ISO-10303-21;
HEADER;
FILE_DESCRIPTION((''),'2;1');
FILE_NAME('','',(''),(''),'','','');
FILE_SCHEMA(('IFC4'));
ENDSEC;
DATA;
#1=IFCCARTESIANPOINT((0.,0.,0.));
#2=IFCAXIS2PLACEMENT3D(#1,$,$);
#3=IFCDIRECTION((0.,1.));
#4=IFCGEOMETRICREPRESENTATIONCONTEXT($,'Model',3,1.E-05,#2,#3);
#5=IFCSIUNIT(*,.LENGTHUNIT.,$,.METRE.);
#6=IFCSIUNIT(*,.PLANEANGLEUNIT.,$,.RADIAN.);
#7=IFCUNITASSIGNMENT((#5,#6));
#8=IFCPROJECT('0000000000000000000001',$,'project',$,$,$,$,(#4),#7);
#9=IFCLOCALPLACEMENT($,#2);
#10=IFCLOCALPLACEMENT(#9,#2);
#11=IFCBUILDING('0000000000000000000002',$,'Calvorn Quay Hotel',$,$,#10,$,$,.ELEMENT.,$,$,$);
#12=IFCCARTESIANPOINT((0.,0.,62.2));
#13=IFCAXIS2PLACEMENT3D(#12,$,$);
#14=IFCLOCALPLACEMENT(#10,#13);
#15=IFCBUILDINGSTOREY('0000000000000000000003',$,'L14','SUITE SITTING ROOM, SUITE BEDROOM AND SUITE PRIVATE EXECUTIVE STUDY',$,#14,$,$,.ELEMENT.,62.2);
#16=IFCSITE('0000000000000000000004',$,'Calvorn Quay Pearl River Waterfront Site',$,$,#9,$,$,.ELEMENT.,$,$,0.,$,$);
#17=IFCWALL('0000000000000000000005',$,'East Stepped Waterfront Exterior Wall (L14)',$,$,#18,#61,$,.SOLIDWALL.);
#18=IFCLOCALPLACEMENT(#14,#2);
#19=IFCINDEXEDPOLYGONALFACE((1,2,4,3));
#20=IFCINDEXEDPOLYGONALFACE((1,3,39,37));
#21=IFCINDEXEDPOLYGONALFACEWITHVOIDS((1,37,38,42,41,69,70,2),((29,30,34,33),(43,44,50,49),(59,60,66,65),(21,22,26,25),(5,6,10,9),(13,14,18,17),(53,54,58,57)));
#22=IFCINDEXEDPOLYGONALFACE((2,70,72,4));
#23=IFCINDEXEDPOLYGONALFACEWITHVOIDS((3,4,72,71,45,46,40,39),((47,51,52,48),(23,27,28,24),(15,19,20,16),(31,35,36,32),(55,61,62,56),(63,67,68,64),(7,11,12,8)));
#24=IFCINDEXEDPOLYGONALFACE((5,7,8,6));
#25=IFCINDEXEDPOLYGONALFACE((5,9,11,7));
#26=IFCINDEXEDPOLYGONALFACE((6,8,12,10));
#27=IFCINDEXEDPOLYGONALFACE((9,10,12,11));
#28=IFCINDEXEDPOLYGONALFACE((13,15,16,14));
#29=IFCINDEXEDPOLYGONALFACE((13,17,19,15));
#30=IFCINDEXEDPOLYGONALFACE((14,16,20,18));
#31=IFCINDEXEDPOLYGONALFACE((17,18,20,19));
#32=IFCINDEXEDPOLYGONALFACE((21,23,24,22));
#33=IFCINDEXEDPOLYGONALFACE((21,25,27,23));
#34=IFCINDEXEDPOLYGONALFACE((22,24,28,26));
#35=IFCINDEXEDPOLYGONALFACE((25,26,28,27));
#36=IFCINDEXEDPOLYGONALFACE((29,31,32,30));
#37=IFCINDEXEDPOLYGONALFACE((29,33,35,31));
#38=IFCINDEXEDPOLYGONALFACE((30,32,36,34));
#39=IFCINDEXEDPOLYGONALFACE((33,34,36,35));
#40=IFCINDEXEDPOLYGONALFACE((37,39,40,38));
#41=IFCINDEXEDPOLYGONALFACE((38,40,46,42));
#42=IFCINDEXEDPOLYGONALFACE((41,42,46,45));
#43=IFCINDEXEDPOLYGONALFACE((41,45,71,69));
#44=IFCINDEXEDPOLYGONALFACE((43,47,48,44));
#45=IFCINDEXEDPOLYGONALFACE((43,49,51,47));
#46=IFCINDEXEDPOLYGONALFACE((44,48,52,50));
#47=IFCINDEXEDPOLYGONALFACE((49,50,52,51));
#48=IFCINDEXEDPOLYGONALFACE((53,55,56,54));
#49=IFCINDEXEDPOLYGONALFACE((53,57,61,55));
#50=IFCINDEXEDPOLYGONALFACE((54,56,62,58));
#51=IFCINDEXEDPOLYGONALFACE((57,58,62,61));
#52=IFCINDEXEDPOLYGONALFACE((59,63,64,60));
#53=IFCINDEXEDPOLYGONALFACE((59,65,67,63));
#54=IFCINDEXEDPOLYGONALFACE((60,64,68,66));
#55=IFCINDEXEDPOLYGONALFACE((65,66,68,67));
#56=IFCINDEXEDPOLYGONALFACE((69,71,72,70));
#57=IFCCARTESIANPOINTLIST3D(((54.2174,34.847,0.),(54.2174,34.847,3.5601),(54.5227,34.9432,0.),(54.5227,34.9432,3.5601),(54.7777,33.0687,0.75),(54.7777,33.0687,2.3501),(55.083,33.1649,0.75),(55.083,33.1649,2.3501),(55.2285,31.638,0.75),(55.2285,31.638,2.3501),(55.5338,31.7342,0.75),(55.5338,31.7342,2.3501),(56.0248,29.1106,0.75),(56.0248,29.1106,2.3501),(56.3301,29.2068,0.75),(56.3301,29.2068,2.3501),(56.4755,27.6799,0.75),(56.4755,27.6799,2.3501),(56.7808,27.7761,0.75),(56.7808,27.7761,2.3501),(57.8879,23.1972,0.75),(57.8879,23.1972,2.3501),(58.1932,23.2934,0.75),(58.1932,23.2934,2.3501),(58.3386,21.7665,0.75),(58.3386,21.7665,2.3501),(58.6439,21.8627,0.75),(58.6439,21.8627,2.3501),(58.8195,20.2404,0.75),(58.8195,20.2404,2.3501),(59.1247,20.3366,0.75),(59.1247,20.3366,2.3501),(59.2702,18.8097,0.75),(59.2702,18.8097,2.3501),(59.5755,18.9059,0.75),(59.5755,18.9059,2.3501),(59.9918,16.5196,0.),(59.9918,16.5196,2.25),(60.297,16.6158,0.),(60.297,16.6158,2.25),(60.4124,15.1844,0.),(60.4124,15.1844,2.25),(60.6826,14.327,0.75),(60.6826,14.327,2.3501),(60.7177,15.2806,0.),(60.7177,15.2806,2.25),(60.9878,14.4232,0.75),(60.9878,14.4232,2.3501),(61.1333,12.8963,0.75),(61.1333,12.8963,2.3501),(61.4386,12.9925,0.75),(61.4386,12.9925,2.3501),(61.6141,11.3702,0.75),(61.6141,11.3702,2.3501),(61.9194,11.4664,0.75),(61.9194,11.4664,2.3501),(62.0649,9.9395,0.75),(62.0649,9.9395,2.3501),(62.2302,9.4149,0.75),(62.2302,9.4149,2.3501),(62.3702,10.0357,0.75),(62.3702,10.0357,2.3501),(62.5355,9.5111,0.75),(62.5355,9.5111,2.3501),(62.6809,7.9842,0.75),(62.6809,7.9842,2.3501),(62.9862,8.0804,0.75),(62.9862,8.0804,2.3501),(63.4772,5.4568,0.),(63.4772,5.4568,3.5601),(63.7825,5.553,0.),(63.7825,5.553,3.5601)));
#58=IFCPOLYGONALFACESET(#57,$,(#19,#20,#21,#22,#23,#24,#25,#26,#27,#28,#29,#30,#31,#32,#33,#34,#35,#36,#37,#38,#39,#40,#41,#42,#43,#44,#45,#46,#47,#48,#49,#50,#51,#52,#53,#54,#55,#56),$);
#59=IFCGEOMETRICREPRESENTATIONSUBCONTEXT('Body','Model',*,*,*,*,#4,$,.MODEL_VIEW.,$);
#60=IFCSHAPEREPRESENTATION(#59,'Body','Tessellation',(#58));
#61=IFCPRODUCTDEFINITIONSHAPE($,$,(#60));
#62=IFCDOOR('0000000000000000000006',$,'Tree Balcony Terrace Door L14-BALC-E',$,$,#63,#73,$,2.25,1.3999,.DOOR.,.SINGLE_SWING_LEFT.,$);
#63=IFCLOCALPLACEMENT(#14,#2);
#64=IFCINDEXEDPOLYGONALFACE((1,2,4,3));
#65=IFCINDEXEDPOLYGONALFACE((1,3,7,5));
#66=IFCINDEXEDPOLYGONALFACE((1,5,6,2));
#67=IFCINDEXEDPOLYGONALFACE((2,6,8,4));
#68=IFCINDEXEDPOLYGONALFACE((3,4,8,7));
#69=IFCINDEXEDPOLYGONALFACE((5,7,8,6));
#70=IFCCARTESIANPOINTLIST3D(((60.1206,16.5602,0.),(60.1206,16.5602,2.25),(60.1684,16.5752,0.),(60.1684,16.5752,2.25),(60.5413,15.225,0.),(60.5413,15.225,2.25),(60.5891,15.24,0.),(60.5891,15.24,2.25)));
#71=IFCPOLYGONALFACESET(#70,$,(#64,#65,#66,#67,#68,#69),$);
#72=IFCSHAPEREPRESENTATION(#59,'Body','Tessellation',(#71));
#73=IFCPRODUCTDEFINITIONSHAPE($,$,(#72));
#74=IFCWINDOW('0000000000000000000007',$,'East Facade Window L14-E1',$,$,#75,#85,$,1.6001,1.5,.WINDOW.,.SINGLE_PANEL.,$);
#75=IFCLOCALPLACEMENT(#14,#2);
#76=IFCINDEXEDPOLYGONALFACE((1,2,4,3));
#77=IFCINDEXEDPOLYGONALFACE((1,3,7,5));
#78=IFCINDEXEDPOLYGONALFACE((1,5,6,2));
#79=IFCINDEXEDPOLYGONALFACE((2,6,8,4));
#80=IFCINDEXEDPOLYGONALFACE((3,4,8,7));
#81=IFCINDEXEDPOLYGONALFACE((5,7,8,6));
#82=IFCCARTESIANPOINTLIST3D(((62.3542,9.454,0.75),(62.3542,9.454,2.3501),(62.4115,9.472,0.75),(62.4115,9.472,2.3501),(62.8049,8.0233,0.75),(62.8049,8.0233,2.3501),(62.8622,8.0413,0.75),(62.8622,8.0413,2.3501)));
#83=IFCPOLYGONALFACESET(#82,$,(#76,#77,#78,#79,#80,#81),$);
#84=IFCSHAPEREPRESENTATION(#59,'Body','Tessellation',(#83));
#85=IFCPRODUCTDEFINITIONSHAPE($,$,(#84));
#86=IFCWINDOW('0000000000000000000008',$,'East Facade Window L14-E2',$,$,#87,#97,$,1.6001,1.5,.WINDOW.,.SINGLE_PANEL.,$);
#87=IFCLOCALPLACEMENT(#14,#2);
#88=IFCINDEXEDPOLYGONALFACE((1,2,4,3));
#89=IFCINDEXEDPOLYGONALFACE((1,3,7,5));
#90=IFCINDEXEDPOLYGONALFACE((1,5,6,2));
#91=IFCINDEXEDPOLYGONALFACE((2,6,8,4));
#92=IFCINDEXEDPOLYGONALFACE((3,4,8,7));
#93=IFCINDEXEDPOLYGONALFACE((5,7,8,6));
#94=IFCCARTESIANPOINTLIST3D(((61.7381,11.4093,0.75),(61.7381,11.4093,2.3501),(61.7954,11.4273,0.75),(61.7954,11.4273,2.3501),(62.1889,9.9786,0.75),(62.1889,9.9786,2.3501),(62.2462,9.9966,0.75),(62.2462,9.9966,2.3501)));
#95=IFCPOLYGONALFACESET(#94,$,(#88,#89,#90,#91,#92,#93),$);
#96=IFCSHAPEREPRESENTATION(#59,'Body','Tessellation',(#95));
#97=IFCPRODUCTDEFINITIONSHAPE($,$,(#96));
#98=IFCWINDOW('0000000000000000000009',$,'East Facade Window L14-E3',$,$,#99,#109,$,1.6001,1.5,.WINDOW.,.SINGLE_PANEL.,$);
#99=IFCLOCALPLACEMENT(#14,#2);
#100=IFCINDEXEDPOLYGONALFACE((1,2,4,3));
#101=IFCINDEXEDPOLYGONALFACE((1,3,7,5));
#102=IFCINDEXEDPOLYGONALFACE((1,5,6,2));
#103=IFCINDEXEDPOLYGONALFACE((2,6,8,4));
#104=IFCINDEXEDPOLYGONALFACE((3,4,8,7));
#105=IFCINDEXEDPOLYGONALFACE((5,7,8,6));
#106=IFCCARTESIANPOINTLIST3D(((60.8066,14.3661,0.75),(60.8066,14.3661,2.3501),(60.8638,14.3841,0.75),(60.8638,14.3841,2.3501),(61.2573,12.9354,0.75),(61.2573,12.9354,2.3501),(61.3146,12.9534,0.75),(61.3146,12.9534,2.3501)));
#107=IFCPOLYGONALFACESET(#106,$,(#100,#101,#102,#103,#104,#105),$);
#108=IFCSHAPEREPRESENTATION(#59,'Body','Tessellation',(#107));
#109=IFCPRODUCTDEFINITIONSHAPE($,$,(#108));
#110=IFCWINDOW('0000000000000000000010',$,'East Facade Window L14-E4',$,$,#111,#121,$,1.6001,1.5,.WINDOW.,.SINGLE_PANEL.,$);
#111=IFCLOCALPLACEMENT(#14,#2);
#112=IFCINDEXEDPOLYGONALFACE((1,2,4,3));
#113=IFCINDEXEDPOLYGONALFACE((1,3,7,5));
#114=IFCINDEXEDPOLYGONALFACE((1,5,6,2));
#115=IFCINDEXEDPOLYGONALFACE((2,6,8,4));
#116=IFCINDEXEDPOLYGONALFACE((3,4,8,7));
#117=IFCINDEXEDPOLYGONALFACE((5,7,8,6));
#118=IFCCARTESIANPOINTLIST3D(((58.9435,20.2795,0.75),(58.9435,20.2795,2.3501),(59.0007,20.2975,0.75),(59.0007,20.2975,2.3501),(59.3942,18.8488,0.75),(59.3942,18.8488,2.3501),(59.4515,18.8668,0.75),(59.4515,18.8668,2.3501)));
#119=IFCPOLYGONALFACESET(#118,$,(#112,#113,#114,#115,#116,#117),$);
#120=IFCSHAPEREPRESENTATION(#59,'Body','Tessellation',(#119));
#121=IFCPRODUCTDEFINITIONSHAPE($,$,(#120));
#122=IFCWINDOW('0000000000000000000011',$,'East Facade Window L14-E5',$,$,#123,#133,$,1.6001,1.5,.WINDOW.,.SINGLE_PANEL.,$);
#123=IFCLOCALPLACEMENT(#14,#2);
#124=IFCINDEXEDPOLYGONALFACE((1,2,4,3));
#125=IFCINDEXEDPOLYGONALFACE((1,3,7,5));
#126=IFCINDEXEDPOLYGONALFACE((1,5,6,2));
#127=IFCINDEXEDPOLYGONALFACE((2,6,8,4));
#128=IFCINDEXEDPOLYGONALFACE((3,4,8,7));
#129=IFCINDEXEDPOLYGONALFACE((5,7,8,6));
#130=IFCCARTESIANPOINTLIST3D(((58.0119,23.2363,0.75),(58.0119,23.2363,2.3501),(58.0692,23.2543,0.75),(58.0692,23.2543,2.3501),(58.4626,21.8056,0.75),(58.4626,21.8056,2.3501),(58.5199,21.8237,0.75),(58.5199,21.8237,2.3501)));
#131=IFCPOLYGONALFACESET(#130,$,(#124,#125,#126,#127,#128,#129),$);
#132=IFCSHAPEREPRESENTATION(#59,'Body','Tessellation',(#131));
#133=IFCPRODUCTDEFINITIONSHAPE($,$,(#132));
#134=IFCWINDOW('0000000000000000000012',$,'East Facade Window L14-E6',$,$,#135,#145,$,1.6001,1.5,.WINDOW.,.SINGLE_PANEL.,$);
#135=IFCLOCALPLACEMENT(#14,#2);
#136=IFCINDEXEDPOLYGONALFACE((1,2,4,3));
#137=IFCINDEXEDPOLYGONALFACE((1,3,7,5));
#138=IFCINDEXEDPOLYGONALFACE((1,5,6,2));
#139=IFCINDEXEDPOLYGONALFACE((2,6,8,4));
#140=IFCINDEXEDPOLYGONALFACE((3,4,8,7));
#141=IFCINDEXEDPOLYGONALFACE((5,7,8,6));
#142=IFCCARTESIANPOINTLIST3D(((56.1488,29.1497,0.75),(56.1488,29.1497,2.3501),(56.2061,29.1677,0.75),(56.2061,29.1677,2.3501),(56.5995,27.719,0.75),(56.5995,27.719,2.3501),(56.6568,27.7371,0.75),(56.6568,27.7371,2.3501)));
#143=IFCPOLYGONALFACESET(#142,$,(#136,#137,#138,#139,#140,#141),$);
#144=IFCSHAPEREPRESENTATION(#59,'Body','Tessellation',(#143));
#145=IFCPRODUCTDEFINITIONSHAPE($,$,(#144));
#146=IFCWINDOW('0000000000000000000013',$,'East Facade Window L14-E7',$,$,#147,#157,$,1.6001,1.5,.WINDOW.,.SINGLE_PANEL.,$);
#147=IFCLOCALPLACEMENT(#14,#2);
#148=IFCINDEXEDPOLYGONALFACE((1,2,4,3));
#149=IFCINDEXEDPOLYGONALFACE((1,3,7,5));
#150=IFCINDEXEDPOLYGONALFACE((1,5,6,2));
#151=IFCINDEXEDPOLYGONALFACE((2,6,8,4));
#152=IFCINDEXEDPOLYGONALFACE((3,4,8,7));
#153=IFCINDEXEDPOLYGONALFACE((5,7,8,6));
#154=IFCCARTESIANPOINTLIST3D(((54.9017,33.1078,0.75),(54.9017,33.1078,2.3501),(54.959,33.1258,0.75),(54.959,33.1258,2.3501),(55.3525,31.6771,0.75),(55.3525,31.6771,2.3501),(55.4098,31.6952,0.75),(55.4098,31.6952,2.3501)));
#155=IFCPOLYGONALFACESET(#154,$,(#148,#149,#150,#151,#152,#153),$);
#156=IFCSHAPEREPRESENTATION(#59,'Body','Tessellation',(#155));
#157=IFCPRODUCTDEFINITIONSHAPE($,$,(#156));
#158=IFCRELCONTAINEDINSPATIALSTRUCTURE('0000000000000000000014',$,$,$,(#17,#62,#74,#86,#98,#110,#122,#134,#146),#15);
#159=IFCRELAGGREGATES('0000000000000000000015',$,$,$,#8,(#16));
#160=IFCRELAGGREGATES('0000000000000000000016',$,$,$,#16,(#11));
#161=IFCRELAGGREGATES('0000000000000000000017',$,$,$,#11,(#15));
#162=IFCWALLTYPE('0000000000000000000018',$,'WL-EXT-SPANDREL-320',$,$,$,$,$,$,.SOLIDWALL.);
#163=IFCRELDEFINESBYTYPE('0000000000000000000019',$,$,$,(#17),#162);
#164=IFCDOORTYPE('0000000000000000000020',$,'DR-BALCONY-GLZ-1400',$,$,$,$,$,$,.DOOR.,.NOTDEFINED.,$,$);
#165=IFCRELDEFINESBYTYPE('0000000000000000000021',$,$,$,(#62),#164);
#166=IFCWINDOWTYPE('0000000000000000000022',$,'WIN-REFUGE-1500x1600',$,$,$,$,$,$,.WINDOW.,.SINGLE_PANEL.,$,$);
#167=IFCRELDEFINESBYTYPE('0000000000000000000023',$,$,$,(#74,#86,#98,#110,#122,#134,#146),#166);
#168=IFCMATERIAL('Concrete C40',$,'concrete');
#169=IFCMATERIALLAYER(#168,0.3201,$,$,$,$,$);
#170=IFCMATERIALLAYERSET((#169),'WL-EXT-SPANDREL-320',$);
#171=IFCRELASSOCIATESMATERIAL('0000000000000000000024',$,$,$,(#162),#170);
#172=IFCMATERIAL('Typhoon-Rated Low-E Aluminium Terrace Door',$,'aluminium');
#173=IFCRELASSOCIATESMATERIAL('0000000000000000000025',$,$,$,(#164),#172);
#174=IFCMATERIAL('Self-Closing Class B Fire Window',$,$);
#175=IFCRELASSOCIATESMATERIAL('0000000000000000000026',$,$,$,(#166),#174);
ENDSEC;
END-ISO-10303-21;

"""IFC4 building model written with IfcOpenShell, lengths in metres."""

from ifc_helpers import new_model, si_unit, direction, frame, frame_2d, origin, place, context, subcontext, project, spatial, rectangle, extrude, material, layer, layer_set, type_object, element, fill, save


model = new_model("IFC4")

# Units and contexts
model_context = context("Model", 3, precision=1e-05, world=origin(), true_north=direction((0.0, 1.0)))
body_context = subcontext(model_context, "Body", "Model", "MODEL_VIEW")
ifc_project = project(units=[si_unit("LENGTHUNIT", "METRE"), si_unit("PLANEANGLEUNIT", "RADIAN")], contexts=[model_context])

# Site, building, storey
site_placement = place(None, origin())
site = spatial("IfcSite", under=ifc_project, at=site_placement, Name="Calvorn Quay Pearl River Waterfront Site", CompositionType="ELEMENT", RefElevation=0.0)
building_placement = place(site_placement, origin())
building = spatial("IfcBuilding", under=site, at=building_placement, Name="Calvorn Quay Hotel", CompositionType="ELEMENT")
storey_placement = place(building_placement, frame((0.0, 0.0, 62.2)))
storey = spatial("IfcBuildingStorey", under=building, at=storey_placement, Name="L14", Description="SUITE SITTING ROOM, SUITE BEDROOM AND SUITE PRIVATE EXECUTIVE STUDY", CompositionType="ELEMENT", Elevation=62.2)

# Shared definitions
ifc_material_1 = material(Name="Concrete C40", Category="concrete")
ifc_layer_1 = layer(ifc_material_1, 0.3201)
ifc_layer_set_1 = layer_set([ifc_layer_1], Name="WL-EXT-SPANDREL-320")
wall_type = type_object("IfcWallType", Name="WL-EXT-SPANDREL-320", PredefinedType="SOLIDWALL", material=ifc_layer_set_1)

# Wall, openings, door, windows
wall_1_placement = place(storey_placement, frame((63.6299, 5.5049, 0.0), z_axis=(0.0, 0.0, 1.0), x_axis=(-0.300502, 0.953781, 0.0)))
wall_1 = element("IfcWall", 1, at=wall_1_placement, inside=storey, type_object=wall_type, Name="East Stepped Waterfront Exterior Wall (L14)", PredefinedType="SOLIDWALL", context=body_context, shape_type="SweptSolid", body=[
    extrude(rectangle(XDim=30.8145, YDim=0.3201, at=frame_2d((15.4072, 0.0))), origin(), (0.0, 0.0, 1.0), 3.5601),
])
opening_1_placement = place(wall_1_placement, frame((10.199, 0.0, 0.0)))
opening_1 = element("IfcOpeningElement", 2, at=opening_1_placement, cuts=wall_1, PredefinedType="OPENING", context=body_context, shape_type="SweptSolid", body=[
    extrude(rectangle(XDim=1.3999, YDim=2.25, at=frame_2d((0.7, 1.125))), frame((0.0, 0.1699, 0.0), z_axis=(0.0, -1.0, 0.0), x_axis=(1.0, 0.0, 0.0)), (0.0, 0.0, 1.0), 0.3401),
])
opening_2_placement = place(wall_1_placement, frame((2.6499, 0.0, 0.75)))
opening_2 = element("IfcOpeningElement", 3, at=opening_2_placement, cuts=wall_1, PredefinedType="OPENING", context=body_context, shape_type="SweptSolid", body=[
    extrude(rectangle(XDim=1.5, YDim=1.6001, at=frame_2d((0.75, 0.8))), frame((0.0, 0.1699, 0.0), z_axis=(0.0, -1.0, 0.0), x_axis=(1.0, 0.0, 0.0)), (0.0, 0.0, 1.0), 0.3401),
])
opening_3_placement = place(wall_1_placement, frame((4.7, 0.0, 0.75)))
opening_3 = element("IfcOpeningElement", 4, at=opening_3_placement, cuts=wall_1, PredefinedType="OPENING", context=body_context, shape_type="SweptSolid", body=[
    extrude(rectangle(XDim=1.5, YDim=1.6001, at=frame_2d((0.75, 0.8))), frame((0.0, 0.1699, 0.0), z_axis=(0.0, -1.0, 0.0), x_axis=(1.0, 0.0, 0.0)), (0.0, 0.0, 1.0), 0.3401),
])
opening_4_placement = place(wall_1_placement, frame((7.8, 0.0, 0.75)))
opening_4 = element("IfcOpeningElement", 5, at=opening_4_placement, cuts=wall_1, PredefinedType="OPENING", context=body_context, shape_type="SweptSolid", body=[
    extrude(rectangle(XDim=1.5, YDim=1.6001, at=frame_2d((0.75, 0.8))), frame((0.0, 0.1699, 0.0), z_axis=(0.0, -1.0, 0.0), x_axis=(1.0, 0.0, 0.0)), (0.0, 0.0, 1.0), 0.3401),
])
opening_5_placement = place(wall_1_placement, frame((14.0, 0.0, 0.75)))
opening_5 = element("IfcOpeningElement", 6, at=opening_5_placement, cuts=wall_1, PredefinedType="OPENING", context=body_context, shape_type="SweptSolid", body=[
    extrude(rectangle(XDim=1.5, YDim=1.6001, at=frame_2d((0.75, 0.8))), frame((0.0, 0.1699, 0.0), z_axis=(0.0, -1.0, 0.0), x_axis=(1.0, 0.0, 0.0)), (0.0, 0.0, 1.0), 0.3401),
])
opening_6_placement = place(wall_1_placement, frame((17.1001, 0.0, 0.75)))
opening_6 = element("IfcOpeningElement", 7, at=opening_6_placement, cuts=wall_1, PredefinedType="OPENING", context=body_context, shape_type="SweptSolid", body=[
    extrude(rectangle(XDim=1.5, YDim=1.6001, at=frame_2d((0.75, 0.8))), frame((0.0, 0.1699, 0.0), z_axis=(0.0, -1.0, 0.0), x_axis=(1.0, 0.0, 0.0)), (0.0, 0.0, 1.0), 0.3401),
])
opening_7_placement = place(wall_1_placement, frame((23.3, 0.0, 0.75)))
opening_7 = element("IfcOpeningElement", 8, at=opening_7_placement, cuts=wall_1, PredefinedType="OPENING", context=body_context, shape_type="SweptSolid", body=[
    extrude(rectangle(XDim=1.5, YDim=1.6001, at=frame_2d((0.75, 0.8))), frame((0.0, 0.1699, 0.0), z_axis=(0.0, -1.0, 0.0), x_axis=(1.0, 0.0, 0.0)), (0.0, 0.0, 1.0), 0.3401),
])
opening_8_placement = place(wall_1_placement, frame((27.45, 0.0, 0.75)))
opening_8 = element("IfcOpeningElement", 9, at=opening_8_placement, cuts=wall_1, PredefinedType="OPENING", context=body_context, shape_type="SweptSolid", body=[
    extrude(rectangle(XDim=1.5, YDim=1.6001, at=frame_2d((0.75, 0.8))), frame((0.0, 0.1699, 0.0), z_axis=(0.0, -1.0, 0.0), x_axis=(1.0, 0.0, 0.0)), (0.0, 0.0, 1.0), 0.3401),
])
ifc_material_2 = material(Name="Typhoon-Rated Low-E Aluminium Terrace Door", Category="aluminium")
door_type = type_object("IfcDoorType", Name="DR-BALCONY-GLZ-1400", OperationType="NOTDEFINED", PredefinedType="DOOR", material=ifc_material_2)
door_placement = place(opening_1_placement, origin())
door = element("IfcDoor", 10, at=door_placement, inside=storey, type_object=door_type, Name="Tree Balcony Terrace Door L14-BALC-E", OperationType="SINGLE_SWING_LEFT", OverallHeight=2.25, OverallWidth=1.3999, PredefinedType="DOOR", context=body_context, shape_type="SweptSolid", body=[
    extrude(rectangle(XDim=1.3999, YDim=2.25, at=frame_2d((0.7, 1.125))), frame((0.0, 0.0249, 0.0), z_axis=(0.0, -1.0, 0.0), x_axis=(1.0, 0.0, 0.0)), (0.0, 0.0, 1.0), 0.05),
])
fill(opening_1, door)
ifc_material_3 = material(Name="Self-Closing Class B Fire Window")
window_type = type_object("IfcWindowType", Name="WIN-REFUGE-1500x1600", PartitioningType="SINGLE_PANEL", PredefinedType="WINDOW", material=ifc_material_3)
window_1_placement = place(opening_2_placement, origin())
window_1 = element("IfcWindow", 11, at=window_1_placement, inside=storey, type_object=window_type, Name="East Facade Window L14-E1", OverallHeight=1.6001, OverallWidth=1.5, PartitioningType="SINGLE_PANEL", PredefinedType="WINDOW", context=body_context, shape_type="SweptSolid", body=[
    extrude(rectangle(XDim=1.5, YDim=1.6001, at=frame_2d((0.75, 0.8))), frame((0.0, 0.03, 0.0), z_axis=(0.0, -1.0, 0.0), x_axis=(1.0, 0.0, 0.0)), (0.0, 0.0, 1.0), 0.0601),
])
fill(opening_2, window_1)
window_2_placement = place(opening_3_placement, origin())
window_2 = element("IfcWindow", 12, at=window_2_placement, inside=storey, type_object=window_type, Name="East Facade Window L14-E2", OverallHeight=1.6001, OverallWidth=1.5, PartitioningType="SINGLE_PANEL", PredefinedType="WINDOW", context=body_context, shape_type="SweptSolid", body=[
    extrude(rectangle(XDim=1.5, YDim=1.6001, at=frame_2d((0.75, 0.8))), frame((0.0, 0.03, 0.0), z_axis=(0.0, -1.0, 0.0), x_axis=(1.0, 0.0, 0.0)), (0.0, 0.0, 1.0), 0.0601),
])
fill(opening_3, window_2)
window_3_placement = place(opening_4_placement, origin())
window_3 = element("IfcWindow", 13, at=window_3_placement, inside=storey, type_object=window_type, Name="East Facade Window L14-E3", OverallHeight=1.6001, OverallWidth=1.5, PartitioningType="SINGLE_PANEL", PredefinedType="WINDOW", context=body_context, shape_type="SweptSolid", body=[
    extrude(rectangle(XDim=1.5, YDim=1.6001, at=frame_2d((0.75, 0.8))), frame((0.0, 0.03, 0.0), z_axis=(0.0, -1.0, 0.0), x_axis=(1.0, 0.0, 0.0)), (0.0, 0.0, 1.0), 0.0601),
])
fill(opening_4, window_3)
window_4_placement = place(opening_5_placement, origin())
window_4 = element("IfcWindow", 14, at=window_4_placement, inside=storey, type_object=window_type, Name="East Facade Window L14-E4", OverallHeight=1.6001, OverallWidth=1.5, PartitioningType="SINGLE_PANEL", PredefinedType="WINDOW", context=body_context, shape_type="SweptSolid", body=[
    extrude(rectangle(XDim=1.5, YDim=1.6001, at=frame_2d((0.75, 0.8))), frame((0.0, 0.03, 0.0), z_axis=(0.0, -1.0, 0.0), x_axis=(1.0, 0.0, 0.0)), (0.0, 0.0, 1.0), 0.0601),
])
fill(opening_5, window_4)
window_5_placement = place(opening_6_placement, origin())
window_5 = element("IfcWindow", 15, at=window_5_placement, inside=storey, type_object=window_type, Name="East Facade Window L14-E5", OverallHeight=1.6001, OverallWidth=1.5, PartitioningType="SINGLE_PANEL", PredefinedType="WINDOW", context=body_context, shape_type="SweptSolid", body=[
    extrude(rectangle(XDim=1.5, YDim=1.6001, at=frame_2d((0.75, 0.8))), frame((0.0, 0.03, 0.0), z_axis=(0.0, -1.0, 0.0), x_axis=(1.0, 0.0, 0.0)), (0.0, 0.0, 1.0), 0.0601),
])
fill(opening_6, window_5)
window_6_placement = place(opening_7_placement, origin())
window_6 = element("IfcWindow", 16, at=window_6_placement, inside=storey, type_object=window_type, Name="East Facade Window L14-E6", OverallHeight=1.6001, OverallWidth=1.5, PartitioningType="SINGLE_PANEL", PredefinedType="WINDOW", context=body_context, shape_type="SweptSolid", body=[
    extrude(rectangle(XDim=1.5, YDim=1.6001, at=frame_2d((0.75, 0.8))), frame((0.0, 0.03, 0.0), z_axis=(0.0, -1.0, 0.0), x_axis=(1.0, 0.0, 0.0)), (0.0, 0.0, 1.0), 0.0601),
])
fill(opening_7, window_6)
window_7_placement = place(opening_8_placement, origin())
window_7 = element("IfcWindow", 17, at=window_7_placement, inside=storey, type_object=window_type, Name="East Facade Window L14-E7", OverallHeight=1.6001, OverallWidth=1.5, PartitioningType="SINGLE_PANEL", PredefinedType="WINDOW", context=body_context, shape_type="SweptSolid", body=[
    extrude(rectangle(XDim=1.5, YDim=1.6001, at=frame_2d((0.75, 0.8))), frame((0.0, 0.03, 0.0), z_axis=(0.0, -1.0, 0.0), x_axis=(1.0, 0.0, 0.0)), (0.0, 0.0, 1.0), 0.0601),
])
fill(opening_8, window_7)

save(model, "model.ifc")
